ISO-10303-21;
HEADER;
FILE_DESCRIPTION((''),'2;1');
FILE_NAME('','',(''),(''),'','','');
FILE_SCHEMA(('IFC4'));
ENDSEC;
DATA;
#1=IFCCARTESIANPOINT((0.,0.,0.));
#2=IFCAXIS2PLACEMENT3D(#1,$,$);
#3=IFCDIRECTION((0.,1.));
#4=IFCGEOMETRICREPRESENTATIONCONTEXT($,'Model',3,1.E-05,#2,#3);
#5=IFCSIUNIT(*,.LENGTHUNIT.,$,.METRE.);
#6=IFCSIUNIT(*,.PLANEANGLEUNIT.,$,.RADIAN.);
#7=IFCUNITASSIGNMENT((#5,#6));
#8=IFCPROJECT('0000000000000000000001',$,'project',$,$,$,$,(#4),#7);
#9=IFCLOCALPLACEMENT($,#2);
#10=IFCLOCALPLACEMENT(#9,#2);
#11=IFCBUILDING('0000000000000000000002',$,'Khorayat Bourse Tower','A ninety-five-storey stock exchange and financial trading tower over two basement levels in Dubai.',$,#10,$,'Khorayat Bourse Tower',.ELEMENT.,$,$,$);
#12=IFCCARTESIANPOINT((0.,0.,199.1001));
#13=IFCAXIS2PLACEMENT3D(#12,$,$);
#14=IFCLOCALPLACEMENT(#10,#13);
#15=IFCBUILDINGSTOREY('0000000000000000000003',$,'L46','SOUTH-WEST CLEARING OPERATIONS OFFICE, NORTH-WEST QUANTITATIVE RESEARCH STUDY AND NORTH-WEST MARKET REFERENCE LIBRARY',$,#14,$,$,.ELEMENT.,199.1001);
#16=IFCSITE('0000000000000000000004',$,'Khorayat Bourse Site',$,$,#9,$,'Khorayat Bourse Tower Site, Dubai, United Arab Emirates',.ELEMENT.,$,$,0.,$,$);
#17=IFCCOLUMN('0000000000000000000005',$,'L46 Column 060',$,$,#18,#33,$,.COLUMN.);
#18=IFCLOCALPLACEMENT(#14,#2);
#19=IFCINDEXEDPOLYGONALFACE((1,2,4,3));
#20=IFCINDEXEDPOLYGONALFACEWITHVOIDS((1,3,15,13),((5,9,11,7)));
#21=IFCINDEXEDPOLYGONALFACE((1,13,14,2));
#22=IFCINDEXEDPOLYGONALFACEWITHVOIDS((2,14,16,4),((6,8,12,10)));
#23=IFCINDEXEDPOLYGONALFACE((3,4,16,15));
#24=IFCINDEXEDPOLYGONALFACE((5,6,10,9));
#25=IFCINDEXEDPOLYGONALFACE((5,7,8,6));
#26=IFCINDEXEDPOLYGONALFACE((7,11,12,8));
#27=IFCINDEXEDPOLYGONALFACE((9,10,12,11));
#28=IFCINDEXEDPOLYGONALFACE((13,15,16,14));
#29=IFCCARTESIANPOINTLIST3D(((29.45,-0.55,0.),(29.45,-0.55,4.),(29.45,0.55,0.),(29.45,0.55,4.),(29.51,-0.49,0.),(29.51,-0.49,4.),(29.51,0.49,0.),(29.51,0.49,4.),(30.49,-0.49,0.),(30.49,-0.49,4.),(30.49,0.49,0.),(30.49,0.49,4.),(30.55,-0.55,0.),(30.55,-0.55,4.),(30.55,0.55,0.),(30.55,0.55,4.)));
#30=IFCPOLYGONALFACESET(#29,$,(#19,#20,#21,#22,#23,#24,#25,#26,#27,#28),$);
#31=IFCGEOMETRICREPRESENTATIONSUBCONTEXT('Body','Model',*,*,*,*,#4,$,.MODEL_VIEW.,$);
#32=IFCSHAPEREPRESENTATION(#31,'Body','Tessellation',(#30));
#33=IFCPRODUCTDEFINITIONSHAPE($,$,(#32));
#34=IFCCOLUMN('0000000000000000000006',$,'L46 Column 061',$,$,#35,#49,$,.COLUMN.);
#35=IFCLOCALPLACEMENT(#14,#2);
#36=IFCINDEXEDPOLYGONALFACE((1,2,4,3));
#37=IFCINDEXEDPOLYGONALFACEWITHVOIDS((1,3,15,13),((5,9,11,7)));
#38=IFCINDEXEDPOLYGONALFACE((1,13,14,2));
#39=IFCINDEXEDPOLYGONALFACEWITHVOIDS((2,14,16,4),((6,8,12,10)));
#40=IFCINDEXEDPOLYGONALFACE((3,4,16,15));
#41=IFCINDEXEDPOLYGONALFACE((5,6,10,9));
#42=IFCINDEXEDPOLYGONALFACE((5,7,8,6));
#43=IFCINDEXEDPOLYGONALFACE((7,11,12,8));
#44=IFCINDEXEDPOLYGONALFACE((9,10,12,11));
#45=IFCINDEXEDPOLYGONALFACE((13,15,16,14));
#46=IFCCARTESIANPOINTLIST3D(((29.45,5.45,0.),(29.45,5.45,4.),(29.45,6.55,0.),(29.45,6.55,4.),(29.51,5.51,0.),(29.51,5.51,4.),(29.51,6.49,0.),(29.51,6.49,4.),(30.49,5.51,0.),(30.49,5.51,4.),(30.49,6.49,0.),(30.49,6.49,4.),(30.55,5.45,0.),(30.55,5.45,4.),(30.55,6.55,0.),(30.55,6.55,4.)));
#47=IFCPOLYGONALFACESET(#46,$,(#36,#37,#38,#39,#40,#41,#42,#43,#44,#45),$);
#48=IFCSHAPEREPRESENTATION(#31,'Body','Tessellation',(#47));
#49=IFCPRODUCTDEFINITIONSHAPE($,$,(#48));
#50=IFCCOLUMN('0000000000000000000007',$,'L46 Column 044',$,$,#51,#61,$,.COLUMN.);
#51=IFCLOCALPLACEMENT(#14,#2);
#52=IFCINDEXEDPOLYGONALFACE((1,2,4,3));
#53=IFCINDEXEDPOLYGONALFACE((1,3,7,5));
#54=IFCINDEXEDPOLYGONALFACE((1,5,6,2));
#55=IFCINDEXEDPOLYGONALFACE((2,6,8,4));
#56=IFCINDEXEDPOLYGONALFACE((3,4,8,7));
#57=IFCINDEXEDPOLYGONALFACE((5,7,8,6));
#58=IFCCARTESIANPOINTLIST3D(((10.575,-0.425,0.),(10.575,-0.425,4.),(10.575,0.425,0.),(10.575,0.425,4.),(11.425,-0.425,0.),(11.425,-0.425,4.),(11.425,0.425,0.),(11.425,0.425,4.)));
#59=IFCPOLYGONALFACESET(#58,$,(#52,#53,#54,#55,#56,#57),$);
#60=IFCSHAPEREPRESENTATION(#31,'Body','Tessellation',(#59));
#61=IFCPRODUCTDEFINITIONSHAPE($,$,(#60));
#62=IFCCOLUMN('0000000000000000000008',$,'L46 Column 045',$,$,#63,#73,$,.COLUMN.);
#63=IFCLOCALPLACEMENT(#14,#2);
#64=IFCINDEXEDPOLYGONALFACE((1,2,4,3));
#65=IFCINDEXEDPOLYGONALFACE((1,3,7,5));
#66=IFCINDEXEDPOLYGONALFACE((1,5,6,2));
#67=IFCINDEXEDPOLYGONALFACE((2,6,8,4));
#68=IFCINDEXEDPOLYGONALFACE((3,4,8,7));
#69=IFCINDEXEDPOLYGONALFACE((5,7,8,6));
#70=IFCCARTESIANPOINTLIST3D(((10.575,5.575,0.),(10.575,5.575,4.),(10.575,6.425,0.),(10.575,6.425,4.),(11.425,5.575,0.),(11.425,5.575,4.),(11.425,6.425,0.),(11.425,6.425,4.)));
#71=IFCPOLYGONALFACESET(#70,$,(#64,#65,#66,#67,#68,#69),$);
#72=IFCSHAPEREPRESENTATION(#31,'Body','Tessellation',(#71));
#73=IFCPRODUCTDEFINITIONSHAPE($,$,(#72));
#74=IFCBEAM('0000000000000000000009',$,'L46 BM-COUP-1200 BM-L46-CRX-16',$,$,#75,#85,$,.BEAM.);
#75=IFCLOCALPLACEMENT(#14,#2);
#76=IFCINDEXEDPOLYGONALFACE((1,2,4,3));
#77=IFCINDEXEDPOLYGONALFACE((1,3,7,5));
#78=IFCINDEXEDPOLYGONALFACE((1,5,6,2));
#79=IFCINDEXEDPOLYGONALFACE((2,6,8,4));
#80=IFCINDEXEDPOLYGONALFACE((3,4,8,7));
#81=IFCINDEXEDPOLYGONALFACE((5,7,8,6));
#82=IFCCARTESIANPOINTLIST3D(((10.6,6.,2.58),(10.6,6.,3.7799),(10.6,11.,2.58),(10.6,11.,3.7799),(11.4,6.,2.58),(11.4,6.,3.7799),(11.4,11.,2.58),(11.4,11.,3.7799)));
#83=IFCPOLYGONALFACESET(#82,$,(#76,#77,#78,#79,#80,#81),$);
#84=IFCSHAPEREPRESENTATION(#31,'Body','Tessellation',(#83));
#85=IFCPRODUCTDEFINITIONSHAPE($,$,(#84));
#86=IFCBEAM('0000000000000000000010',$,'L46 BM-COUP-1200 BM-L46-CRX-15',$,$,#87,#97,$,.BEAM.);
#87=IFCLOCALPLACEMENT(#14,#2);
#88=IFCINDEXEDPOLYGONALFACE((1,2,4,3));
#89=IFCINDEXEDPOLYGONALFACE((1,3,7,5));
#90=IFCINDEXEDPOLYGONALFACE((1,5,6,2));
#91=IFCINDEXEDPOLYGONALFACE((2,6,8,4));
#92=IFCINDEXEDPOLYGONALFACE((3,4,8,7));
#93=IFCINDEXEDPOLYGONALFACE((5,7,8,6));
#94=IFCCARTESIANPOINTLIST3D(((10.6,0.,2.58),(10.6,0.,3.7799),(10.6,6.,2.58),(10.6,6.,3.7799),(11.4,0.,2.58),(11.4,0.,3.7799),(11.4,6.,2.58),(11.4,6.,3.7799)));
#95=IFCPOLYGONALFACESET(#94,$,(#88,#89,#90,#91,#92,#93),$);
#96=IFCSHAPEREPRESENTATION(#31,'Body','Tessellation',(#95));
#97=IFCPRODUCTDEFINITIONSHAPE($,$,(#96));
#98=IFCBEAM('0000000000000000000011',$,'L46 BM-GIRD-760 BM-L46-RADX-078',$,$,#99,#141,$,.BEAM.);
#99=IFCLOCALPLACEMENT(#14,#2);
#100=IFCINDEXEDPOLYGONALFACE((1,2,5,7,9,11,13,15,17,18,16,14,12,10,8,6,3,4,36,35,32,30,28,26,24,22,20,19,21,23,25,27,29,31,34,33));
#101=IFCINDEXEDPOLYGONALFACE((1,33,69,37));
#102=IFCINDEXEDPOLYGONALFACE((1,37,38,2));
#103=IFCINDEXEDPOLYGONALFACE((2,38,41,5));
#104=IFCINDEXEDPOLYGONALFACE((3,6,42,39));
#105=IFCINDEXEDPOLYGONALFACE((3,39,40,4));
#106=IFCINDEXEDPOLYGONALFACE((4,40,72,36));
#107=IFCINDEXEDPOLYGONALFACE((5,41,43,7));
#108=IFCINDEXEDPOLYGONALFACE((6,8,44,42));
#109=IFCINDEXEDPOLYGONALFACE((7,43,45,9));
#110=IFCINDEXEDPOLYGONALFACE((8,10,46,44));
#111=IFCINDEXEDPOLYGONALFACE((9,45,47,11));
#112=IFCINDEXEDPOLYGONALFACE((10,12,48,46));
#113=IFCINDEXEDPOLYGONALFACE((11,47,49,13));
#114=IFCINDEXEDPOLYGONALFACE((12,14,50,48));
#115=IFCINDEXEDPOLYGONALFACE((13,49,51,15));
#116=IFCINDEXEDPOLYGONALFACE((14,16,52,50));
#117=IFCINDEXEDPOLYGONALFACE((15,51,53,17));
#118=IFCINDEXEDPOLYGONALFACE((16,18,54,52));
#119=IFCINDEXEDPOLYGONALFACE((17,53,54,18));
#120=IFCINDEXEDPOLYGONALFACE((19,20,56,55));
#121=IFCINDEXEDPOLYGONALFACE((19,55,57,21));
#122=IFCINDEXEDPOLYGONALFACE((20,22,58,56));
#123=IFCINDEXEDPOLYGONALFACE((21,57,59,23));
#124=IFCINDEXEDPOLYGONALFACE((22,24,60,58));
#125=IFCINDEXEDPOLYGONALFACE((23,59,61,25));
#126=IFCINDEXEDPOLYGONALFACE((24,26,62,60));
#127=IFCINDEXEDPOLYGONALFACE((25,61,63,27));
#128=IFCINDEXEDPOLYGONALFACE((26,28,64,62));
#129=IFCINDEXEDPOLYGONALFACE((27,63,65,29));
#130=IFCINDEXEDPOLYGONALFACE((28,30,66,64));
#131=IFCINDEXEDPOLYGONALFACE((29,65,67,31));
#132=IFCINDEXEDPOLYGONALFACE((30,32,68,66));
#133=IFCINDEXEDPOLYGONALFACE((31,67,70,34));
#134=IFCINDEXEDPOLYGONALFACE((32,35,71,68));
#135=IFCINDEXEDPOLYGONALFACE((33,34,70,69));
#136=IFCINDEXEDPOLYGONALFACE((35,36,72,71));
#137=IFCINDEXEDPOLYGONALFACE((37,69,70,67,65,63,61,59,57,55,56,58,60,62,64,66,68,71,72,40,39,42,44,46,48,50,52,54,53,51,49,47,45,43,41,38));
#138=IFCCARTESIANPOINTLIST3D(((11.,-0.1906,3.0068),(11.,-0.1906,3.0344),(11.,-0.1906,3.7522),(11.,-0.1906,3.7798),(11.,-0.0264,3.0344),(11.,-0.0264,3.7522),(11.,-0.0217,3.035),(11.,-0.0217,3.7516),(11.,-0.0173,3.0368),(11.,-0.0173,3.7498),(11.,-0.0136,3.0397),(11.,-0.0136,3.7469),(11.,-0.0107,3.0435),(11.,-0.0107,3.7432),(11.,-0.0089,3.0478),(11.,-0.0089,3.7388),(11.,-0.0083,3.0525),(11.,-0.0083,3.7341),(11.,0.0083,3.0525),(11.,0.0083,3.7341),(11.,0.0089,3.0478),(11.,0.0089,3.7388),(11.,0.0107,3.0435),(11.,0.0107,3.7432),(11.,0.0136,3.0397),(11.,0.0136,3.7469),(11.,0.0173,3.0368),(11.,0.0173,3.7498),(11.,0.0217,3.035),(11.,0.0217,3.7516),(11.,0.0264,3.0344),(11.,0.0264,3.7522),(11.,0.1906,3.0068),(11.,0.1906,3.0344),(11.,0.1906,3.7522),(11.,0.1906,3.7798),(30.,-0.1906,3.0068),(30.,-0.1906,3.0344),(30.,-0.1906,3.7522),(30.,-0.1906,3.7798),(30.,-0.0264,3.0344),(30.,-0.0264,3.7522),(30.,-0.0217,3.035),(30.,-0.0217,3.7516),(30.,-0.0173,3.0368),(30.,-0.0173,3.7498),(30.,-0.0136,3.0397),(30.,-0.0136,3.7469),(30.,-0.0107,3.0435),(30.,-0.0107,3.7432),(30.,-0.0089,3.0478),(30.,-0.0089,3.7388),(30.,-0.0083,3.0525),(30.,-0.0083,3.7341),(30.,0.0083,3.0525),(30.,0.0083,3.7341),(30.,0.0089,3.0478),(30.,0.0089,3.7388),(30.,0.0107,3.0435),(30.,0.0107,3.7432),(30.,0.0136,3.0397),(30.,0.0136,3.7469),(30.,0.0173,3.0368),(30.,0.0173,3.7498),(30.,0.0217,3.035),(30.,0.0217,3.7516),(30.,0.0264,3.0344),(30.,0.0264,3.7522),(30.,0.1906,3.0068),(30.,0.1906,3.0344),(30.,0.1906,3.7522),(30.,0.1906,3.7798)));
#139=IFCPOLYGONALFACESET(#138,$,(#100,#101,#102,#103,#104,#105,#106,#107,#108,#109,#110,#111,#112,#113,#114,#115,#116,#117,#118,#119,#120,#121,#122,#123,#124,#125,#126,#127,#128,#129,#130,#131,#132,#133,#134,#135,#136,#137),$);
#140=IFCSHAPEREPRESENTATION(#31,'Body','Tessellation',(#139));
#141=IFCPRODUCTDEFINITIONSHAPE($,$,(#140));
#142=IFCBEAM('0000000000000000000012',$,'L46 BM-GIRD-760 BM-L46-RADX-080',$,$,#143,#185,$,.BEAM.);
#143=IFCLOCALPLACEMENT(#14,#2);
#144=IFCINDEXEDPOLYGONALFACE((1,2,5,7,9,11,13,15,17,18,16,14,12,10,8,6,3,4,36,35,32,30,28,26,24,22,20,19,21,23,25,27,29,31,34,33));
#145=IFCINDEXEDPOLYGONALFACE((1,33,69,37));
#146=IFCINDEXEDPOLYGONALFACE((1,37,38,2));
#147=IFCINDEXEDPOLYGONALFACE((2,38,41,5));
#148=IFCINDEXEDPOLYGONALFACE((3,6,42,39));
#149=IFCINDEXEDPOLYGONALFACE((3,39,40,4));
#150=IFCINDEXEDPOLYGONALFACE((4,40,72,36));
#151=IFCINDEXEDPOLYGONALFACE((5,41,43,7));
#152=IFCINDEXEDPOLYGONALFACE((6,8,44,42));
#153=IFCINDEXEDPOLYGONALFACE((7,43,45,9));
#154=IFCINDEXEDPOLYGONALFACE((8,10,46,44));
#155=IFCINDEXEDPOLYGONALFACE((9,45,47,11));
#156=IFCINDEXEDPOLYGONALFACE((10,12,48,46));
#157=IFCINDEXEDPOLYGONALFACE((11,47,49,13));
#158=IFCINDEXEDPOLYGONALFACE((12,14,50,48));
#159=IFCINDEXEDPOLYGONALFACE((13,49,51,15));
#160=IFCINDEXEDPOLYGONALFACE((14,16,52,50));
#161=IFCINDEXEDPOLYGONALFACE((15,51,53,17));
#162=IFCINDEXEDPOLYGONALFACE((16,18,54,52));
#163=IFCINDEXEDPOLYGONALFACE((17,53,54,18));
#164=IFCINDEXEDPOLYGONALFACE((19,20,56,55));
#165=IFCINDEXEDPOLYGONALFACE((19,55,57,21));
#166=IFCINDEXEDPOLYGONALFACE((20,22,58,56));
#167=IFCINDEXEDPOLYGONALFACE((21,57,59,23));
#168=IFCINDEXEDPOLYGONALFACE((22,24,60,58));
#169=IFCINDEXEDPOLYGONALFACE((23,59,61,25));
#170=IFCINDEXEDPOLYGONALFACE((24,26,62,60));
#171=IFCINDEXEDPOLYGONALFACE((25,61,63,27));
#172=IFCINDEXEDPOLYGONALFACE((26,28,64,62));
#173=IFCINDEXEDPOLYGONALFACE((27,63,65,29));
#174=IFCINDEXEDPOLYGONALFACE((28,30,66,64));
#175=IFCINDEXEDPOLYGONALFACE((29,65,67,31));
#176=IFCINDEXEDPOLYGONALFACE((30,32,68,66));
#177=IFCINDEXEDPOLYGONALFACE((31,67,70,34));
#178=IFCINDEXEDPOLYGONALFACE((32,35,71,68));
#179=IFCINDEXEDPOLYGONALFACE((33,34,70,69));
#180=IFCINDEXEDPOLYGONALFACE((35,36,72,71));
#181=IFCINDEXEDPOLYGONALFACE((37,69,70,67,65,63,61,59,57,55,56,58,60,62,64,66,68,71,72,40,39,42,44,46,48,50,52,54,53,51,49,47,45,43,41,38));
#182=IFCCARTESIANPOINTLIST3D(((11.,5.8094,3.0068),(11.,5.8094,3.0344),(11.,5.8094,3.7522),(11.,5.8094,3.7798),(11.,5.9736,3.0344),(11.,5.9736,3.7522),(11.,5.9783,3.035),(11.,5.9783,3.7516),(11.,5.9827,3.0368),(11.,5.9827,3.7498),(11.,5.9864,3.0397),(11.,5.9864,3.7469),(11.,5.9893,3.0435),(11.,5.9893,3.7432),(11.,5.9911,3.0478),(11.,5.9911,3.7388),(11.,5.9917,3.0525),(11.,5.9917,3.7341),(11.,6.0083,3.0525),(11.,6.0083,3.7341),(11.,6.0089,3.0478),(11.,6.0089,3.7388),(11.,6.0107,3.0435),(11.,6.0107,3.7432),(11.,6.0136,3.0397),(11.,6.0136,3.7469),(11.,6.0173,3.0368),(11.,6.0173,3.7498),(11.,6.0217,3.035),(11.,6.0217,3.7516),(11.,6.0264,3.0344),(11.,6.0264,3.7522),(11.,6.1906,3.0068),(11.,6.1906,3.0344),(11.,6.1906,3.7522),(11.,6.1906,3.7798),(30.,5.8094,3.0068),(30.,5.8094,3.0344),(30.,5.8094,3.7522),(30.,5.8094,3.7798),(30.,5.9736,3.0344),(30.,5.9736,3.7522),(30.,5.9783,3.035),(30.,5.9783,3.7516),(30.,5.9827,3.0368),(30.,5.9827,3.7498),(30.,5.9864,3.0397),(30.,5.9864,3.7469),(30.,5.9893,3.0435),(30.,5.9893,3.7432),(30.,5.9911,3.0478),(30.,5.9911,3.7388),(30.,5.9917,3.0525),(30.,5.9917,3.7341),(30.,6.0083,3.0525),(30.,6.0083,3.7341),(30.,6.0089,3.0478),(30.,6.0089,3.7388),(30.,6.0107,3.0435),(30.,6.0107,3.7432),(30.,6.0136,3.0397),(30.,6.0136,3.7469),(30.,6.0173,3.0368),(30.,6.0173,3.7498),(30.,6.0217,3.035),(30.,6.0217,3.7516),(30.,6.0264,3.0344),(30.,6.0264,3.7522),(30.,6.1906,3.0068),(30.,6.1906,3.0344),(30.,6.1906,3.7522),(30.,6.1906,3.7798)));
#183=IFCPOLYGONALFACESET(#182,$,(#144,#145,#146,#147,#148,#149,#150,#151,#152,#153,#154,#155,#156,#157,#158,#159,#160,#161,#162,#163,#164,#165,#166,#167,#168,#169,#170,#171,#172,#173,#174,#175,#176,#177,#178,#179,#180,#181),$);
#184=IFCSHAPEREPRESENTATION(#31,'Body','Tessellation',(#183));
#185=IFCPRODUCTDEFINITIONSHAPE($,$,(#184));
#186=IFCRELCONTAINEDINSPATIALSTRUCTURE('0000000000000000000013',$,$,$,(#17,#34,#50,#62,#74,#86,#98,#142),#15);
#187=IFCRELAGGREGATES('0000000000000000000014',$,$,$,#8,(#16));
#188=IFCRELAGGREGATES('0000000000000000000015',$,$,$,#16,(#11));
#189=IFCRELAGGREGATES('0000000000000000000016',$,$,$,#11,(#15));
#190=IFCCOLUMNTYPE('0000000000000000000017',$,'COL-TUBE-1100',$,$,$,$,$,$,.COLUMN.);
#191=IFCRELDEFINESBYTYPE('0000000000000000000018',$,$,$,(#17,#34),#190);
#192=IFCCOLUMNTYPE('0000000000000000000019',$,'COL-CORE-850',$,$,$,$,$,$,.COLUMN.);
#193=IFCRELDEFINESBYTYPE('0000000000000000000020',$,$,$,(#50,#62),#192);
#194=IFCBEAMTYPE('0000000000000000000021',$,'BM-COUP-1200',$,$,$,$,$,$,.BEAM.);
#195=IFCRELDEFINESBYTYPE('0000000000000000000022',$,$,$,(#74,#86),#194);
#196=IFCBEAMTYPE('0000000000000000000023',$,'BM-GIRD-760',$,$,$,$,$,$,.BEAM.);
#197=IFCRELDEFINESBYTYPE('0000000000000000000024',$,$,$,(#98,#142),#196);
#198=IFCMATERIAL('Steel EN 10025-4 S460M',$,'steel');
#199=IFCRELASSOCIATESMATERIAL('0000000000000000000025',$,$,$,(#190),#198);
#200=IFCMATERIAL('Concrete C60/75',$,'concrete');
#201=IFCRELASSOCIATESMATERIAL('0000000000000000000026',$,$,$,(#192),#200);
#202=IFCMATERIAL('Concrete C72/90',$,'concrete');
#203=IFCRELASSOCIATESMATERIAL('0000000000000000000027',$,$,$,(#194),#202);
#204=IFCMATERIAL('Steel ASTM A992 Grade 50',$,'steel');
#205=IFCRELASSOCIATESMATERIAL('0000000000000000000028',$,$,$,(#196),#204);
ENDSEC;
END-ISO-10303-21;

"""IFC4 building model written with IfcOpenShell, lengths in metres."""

from ifc_helpers import new_model, si_unit, direction, frame, origin, origin_2d, place, context, subcontext, project, spatial, rectangle, hollow_rectangle, i_section, extrude, source, transform, mapped, material, material_profile, profile_set, type_object, element, save


model = new_model("IFC4")

# Units and contexts
model_context = context("Model", 3, precision=1e-05, world=origin(), true_north=direction((0.0, 1.0)))
body_context = subcontext(model_context, "Body", "Model", "MODEL_VIEW")
ifc_project = project(units=[si_unit("LENGTHUNIT", "METRE"), si_unit("PLANEANGLEUNIT", "RADIAN")], contexts=[model_context])

# Site, building, storey
site_placement = place(None, origin())
site = spatial("IfcSite", under=ifc_project, at=site_placement, Name="Khorayat Bourse Site", LongName="Khorayat Bourse Tower Site, Dubai, United Arab Emirates", CompositionType="ELEMENT", RefElevation=0.0)
building_placement = place(site_placement, origin())
building = spatial("IfcBuilding", under=site, at=building_placement, Name="Khorayat Bourse Tower", Description="A ninety-five-storey stock exchange and financial trading tower over two basement levels in Dubai.", LongName="Khorayat Bourse Tower", CompositionType="ELEMENT")
storey_placement = place(building_placement, frame((0.0, 0.0, 199.1001)))
storey = spatial("IfcBuildingStorey", under=building, at=storey_placement, Name="L46", Description="SOUTH-WEST CLEARING OPERATIONS OFFICE, NORTH-WEST QUANTITATIVE RESEARCH STUDY AND NORTH-WEST MARKET REFERENCE LIBRARY", CompositionType="ELEMENT", Elevation=199.1001)

# Columns
ifc_material_1 = material(Name="Steel EN 10025-4 S460M", Category="steel")
ifc_material_profile_1 = material_profile(ifc_material_1, hollow_rectangle(XDim=1.1001, YDim=1.1001, WallThickness=0.0601, at=origin_2d()), Name="BOX 1100x1100x60")
ifc_profile_set_1 = profile_set([ifc_material_profile_1], Name="Steel EN 10025-4 S460M")
column_type_1 = type_object("IfcColumnType", Name="COL-TUBE-1100", PredefinedType="COLUMN", material=ifc_profile_set_1)
shared_shape_1 = source(origin(), body_context, "Body", "SweptSolid", [
    extrude(hollow_rectangle(XDim=1.1001, YDim=1.1001, WallThickness=0.0601, at=origin_2d()), origin(), (0.0, 0.0, 1.0), 4.0),
])
for number, where, z_axis, x_axis, name in (
    (1, (30.0, 0.0, 0.0), (0.0, 0.0, 1.0), (1.0, 0.0, 0.0), "L46 Column 060"),
    (2, (30.0, 6.0, 0.0), (0.0, 0.0, 1.0), (1.0, 0.0, 0.0), "L46 Column 061"),
):
    element("IfcColumn", number, at=place(storey_placement, frame(where, z_axis=z_axis, x_axis=x_axis)), inside=storey, type_object=column_type_1, Name=name, PredefinedType="COLUMN", context=body_context, shape_type="MappedRepresentation", body=[
        mapped(shared_shape_1, transform((0.0, 0.0, 0.0), scale=1.0)),
    ])
ifc_material_2 = material(Name="Concrete C60/75", Category="concrete")
ifc_material_profile_2 = material_profile(ifc_material_2, rectangle(XDim=0.8501, YDim=0.8501, at=origin_2d()), Name="RC 850x850")
ifc_profile_set_2 = profile_set([ifc_material_profile_2], Name="Concrete C60/75")
column_type_2 = type_object("IfcColumnType", Name="COL-CORE-850", PredefinedType="COLUMN", material=ifc_profile_set_2)
shared_shape_2 = source(origin(), body_context, "Body", "SweptSolid", [
    extrude(rectangle(XDim=0.8501, YDim=0.8501, at=origin_2d()), origin(), (0.0, 0.0, 1.0), 4.0),
])
for number, where, z_axis, x_axis, name in (
    (3, (11.0, 0.0, 0.0), (0.0, 0.0, 1.0), (1.0, 0.0, 0.0), "L46 Column 044"),
    (4, (11.0, 6.0, 0.0), (0.0, 0.0, 1.0), (1.0, 0.0, 0.0), "L46 Column 045"),
):
    element("IfcColumn", number, at=place(storey_placement, frame(where, z_axis=z_axis, x_axis=x_axis)), inside=storey, type_object=column_type_2, Name=name, PredefinedType="COLUMN", context=body_context, shape_type="MappedRepresentation", body=[
        mapped(shared_shape_2, transform((0.0, 0.0, 0.0), scale=1.0)),
    ])

# Beams
ifc_material_3 = material(Name="Concrete C72/90", Category="concrete")
ifc_material_profile_3 = material_profile(ifc_material_3, rectangle(XDim=0.8, YDim=1.2, at=origin_2d()), Name="RC 800x1200")
ifc_profile_set_3 = profile_set([ifc_material_profile_3], Name="Concrete C72/90")
beam_type_1 = type_object("IfcBeamType", Name="BM-COUP-1200", PredefinedType="BEAM", material=ifc_profile_set_3)
shared_shape_3 = source(origin(), body_context, "Body", "SweptSolid", [
    extrude(rectangle(XDim=0.8, YDim=1.2, at=origin_2d()), origin(), (0.0, 0.0, 1.0), 5.0),
])
beam_1_placement = place(storey_placement, frame((11.0, 6.0, 3.1799), z_axis=(0.0, 1.0, 0.0), x_axis=(-1.0, 0.0, 0.0)))
element("IfcBeam", 5, at=beam_1_placement, inside=storey, type_object=beam_type_1, Name="L46 BM-COUP-1200 BM-L46-CRX-16", PredefinedType="BEAM", context=body_context, shape_type="MappedRepresentation", body=[
    mapped(shared_shape_3, transform((0.0, 0.0, 0.0), scale=1.0)),
])
shared_shape_4 = source(origin(), body_context, "Body", "SweptSolid", [
    extrude(rectangle(XDim=0.8, YDim=1.2, at=origin_2d()), origin(), (0.0, 0.0, 1.0), 6.0),
])
beam_2_placement = place(storey_placement, frame((11.0, 0.0, 3.1799), z_axis=(0.0, 1.0, 0.0), x_axis=(-1.0, 0.0, 0.0)))
element("IfcBeam", 6, at=beam_2_placement, inside=storey, type_object=beam_type_1, Name="L46 BM-COUP-1200 BM-L46-CRX-15", PredefinedType="BEAM", context=body_context, shape_type="MappedRepresentation", body=[
    mapped(shared_shape_4, transform((0.0, 0.0, 0.0), scale=1.0)),
])
ifc_material_4 = material(Name="Steel ASTM A992 Grade 50", Category="steel")
ifc_material_profile_4 = material_profile(ifc_material_4, i_section(OverallWidth=0.3811, OverallDepth=0.7729, WebThickness=0.0166, FlangeThickness=0.0276, FilletRadius=0.0181, at=origin_2d()), Name="W760X257")
ifc_profile_set_4 = profile_set([ifc_material_profile_4], Name="Steel ASTM A992 Grade 50")
beam_type_2 = type_object("IfcBeamType", Name="BM-GIRD-760", PredefinedType="BEAM", material=ifc_profile_set_4)
shared_shape_5 = source(origin(), body_context, "Body", "SweptSolid", [
    extrude(i_section(OverallWidth=0.3811, OverallDepth=0.7729, WebThickness=0.0166, FlangeThickness=0.0276, FilletRadius=0.0181, at=origin_2d()), origin(), (0.0, 0.0, 1.0), 19.0),
])
for number, where, z_axis, x_axis, name in (
    (7, (11.0, 0.0, 3.3933), (1.0, 0.0, 0.0), (0.0, 1.0, 0.0), "L46 BM-GIRD-760 BM-L46-RADX-078"),
    (8, (11.0, 6.0, 3.3933), (1.0, 0.0, 0.0), (0.0, 1.0, 0.0), "L46 BM-GIRD-760 BM-L46-RADX-080"),
):
    element("IfcBeam", number, at=place(storey_placement, frame(where, z_axis=z_axis, x_axis=x_axis)), inside=storey, type_object=beam_type_2, Name=name, PredefinedType="BEAM", context=body_context, shape_type="MappedRepresentation", body=[
        mapped(shared_shape_5, transform((0.0, 0.0, 0.0), scale=1.0)),
    ])

save(model, "model.ifc")
